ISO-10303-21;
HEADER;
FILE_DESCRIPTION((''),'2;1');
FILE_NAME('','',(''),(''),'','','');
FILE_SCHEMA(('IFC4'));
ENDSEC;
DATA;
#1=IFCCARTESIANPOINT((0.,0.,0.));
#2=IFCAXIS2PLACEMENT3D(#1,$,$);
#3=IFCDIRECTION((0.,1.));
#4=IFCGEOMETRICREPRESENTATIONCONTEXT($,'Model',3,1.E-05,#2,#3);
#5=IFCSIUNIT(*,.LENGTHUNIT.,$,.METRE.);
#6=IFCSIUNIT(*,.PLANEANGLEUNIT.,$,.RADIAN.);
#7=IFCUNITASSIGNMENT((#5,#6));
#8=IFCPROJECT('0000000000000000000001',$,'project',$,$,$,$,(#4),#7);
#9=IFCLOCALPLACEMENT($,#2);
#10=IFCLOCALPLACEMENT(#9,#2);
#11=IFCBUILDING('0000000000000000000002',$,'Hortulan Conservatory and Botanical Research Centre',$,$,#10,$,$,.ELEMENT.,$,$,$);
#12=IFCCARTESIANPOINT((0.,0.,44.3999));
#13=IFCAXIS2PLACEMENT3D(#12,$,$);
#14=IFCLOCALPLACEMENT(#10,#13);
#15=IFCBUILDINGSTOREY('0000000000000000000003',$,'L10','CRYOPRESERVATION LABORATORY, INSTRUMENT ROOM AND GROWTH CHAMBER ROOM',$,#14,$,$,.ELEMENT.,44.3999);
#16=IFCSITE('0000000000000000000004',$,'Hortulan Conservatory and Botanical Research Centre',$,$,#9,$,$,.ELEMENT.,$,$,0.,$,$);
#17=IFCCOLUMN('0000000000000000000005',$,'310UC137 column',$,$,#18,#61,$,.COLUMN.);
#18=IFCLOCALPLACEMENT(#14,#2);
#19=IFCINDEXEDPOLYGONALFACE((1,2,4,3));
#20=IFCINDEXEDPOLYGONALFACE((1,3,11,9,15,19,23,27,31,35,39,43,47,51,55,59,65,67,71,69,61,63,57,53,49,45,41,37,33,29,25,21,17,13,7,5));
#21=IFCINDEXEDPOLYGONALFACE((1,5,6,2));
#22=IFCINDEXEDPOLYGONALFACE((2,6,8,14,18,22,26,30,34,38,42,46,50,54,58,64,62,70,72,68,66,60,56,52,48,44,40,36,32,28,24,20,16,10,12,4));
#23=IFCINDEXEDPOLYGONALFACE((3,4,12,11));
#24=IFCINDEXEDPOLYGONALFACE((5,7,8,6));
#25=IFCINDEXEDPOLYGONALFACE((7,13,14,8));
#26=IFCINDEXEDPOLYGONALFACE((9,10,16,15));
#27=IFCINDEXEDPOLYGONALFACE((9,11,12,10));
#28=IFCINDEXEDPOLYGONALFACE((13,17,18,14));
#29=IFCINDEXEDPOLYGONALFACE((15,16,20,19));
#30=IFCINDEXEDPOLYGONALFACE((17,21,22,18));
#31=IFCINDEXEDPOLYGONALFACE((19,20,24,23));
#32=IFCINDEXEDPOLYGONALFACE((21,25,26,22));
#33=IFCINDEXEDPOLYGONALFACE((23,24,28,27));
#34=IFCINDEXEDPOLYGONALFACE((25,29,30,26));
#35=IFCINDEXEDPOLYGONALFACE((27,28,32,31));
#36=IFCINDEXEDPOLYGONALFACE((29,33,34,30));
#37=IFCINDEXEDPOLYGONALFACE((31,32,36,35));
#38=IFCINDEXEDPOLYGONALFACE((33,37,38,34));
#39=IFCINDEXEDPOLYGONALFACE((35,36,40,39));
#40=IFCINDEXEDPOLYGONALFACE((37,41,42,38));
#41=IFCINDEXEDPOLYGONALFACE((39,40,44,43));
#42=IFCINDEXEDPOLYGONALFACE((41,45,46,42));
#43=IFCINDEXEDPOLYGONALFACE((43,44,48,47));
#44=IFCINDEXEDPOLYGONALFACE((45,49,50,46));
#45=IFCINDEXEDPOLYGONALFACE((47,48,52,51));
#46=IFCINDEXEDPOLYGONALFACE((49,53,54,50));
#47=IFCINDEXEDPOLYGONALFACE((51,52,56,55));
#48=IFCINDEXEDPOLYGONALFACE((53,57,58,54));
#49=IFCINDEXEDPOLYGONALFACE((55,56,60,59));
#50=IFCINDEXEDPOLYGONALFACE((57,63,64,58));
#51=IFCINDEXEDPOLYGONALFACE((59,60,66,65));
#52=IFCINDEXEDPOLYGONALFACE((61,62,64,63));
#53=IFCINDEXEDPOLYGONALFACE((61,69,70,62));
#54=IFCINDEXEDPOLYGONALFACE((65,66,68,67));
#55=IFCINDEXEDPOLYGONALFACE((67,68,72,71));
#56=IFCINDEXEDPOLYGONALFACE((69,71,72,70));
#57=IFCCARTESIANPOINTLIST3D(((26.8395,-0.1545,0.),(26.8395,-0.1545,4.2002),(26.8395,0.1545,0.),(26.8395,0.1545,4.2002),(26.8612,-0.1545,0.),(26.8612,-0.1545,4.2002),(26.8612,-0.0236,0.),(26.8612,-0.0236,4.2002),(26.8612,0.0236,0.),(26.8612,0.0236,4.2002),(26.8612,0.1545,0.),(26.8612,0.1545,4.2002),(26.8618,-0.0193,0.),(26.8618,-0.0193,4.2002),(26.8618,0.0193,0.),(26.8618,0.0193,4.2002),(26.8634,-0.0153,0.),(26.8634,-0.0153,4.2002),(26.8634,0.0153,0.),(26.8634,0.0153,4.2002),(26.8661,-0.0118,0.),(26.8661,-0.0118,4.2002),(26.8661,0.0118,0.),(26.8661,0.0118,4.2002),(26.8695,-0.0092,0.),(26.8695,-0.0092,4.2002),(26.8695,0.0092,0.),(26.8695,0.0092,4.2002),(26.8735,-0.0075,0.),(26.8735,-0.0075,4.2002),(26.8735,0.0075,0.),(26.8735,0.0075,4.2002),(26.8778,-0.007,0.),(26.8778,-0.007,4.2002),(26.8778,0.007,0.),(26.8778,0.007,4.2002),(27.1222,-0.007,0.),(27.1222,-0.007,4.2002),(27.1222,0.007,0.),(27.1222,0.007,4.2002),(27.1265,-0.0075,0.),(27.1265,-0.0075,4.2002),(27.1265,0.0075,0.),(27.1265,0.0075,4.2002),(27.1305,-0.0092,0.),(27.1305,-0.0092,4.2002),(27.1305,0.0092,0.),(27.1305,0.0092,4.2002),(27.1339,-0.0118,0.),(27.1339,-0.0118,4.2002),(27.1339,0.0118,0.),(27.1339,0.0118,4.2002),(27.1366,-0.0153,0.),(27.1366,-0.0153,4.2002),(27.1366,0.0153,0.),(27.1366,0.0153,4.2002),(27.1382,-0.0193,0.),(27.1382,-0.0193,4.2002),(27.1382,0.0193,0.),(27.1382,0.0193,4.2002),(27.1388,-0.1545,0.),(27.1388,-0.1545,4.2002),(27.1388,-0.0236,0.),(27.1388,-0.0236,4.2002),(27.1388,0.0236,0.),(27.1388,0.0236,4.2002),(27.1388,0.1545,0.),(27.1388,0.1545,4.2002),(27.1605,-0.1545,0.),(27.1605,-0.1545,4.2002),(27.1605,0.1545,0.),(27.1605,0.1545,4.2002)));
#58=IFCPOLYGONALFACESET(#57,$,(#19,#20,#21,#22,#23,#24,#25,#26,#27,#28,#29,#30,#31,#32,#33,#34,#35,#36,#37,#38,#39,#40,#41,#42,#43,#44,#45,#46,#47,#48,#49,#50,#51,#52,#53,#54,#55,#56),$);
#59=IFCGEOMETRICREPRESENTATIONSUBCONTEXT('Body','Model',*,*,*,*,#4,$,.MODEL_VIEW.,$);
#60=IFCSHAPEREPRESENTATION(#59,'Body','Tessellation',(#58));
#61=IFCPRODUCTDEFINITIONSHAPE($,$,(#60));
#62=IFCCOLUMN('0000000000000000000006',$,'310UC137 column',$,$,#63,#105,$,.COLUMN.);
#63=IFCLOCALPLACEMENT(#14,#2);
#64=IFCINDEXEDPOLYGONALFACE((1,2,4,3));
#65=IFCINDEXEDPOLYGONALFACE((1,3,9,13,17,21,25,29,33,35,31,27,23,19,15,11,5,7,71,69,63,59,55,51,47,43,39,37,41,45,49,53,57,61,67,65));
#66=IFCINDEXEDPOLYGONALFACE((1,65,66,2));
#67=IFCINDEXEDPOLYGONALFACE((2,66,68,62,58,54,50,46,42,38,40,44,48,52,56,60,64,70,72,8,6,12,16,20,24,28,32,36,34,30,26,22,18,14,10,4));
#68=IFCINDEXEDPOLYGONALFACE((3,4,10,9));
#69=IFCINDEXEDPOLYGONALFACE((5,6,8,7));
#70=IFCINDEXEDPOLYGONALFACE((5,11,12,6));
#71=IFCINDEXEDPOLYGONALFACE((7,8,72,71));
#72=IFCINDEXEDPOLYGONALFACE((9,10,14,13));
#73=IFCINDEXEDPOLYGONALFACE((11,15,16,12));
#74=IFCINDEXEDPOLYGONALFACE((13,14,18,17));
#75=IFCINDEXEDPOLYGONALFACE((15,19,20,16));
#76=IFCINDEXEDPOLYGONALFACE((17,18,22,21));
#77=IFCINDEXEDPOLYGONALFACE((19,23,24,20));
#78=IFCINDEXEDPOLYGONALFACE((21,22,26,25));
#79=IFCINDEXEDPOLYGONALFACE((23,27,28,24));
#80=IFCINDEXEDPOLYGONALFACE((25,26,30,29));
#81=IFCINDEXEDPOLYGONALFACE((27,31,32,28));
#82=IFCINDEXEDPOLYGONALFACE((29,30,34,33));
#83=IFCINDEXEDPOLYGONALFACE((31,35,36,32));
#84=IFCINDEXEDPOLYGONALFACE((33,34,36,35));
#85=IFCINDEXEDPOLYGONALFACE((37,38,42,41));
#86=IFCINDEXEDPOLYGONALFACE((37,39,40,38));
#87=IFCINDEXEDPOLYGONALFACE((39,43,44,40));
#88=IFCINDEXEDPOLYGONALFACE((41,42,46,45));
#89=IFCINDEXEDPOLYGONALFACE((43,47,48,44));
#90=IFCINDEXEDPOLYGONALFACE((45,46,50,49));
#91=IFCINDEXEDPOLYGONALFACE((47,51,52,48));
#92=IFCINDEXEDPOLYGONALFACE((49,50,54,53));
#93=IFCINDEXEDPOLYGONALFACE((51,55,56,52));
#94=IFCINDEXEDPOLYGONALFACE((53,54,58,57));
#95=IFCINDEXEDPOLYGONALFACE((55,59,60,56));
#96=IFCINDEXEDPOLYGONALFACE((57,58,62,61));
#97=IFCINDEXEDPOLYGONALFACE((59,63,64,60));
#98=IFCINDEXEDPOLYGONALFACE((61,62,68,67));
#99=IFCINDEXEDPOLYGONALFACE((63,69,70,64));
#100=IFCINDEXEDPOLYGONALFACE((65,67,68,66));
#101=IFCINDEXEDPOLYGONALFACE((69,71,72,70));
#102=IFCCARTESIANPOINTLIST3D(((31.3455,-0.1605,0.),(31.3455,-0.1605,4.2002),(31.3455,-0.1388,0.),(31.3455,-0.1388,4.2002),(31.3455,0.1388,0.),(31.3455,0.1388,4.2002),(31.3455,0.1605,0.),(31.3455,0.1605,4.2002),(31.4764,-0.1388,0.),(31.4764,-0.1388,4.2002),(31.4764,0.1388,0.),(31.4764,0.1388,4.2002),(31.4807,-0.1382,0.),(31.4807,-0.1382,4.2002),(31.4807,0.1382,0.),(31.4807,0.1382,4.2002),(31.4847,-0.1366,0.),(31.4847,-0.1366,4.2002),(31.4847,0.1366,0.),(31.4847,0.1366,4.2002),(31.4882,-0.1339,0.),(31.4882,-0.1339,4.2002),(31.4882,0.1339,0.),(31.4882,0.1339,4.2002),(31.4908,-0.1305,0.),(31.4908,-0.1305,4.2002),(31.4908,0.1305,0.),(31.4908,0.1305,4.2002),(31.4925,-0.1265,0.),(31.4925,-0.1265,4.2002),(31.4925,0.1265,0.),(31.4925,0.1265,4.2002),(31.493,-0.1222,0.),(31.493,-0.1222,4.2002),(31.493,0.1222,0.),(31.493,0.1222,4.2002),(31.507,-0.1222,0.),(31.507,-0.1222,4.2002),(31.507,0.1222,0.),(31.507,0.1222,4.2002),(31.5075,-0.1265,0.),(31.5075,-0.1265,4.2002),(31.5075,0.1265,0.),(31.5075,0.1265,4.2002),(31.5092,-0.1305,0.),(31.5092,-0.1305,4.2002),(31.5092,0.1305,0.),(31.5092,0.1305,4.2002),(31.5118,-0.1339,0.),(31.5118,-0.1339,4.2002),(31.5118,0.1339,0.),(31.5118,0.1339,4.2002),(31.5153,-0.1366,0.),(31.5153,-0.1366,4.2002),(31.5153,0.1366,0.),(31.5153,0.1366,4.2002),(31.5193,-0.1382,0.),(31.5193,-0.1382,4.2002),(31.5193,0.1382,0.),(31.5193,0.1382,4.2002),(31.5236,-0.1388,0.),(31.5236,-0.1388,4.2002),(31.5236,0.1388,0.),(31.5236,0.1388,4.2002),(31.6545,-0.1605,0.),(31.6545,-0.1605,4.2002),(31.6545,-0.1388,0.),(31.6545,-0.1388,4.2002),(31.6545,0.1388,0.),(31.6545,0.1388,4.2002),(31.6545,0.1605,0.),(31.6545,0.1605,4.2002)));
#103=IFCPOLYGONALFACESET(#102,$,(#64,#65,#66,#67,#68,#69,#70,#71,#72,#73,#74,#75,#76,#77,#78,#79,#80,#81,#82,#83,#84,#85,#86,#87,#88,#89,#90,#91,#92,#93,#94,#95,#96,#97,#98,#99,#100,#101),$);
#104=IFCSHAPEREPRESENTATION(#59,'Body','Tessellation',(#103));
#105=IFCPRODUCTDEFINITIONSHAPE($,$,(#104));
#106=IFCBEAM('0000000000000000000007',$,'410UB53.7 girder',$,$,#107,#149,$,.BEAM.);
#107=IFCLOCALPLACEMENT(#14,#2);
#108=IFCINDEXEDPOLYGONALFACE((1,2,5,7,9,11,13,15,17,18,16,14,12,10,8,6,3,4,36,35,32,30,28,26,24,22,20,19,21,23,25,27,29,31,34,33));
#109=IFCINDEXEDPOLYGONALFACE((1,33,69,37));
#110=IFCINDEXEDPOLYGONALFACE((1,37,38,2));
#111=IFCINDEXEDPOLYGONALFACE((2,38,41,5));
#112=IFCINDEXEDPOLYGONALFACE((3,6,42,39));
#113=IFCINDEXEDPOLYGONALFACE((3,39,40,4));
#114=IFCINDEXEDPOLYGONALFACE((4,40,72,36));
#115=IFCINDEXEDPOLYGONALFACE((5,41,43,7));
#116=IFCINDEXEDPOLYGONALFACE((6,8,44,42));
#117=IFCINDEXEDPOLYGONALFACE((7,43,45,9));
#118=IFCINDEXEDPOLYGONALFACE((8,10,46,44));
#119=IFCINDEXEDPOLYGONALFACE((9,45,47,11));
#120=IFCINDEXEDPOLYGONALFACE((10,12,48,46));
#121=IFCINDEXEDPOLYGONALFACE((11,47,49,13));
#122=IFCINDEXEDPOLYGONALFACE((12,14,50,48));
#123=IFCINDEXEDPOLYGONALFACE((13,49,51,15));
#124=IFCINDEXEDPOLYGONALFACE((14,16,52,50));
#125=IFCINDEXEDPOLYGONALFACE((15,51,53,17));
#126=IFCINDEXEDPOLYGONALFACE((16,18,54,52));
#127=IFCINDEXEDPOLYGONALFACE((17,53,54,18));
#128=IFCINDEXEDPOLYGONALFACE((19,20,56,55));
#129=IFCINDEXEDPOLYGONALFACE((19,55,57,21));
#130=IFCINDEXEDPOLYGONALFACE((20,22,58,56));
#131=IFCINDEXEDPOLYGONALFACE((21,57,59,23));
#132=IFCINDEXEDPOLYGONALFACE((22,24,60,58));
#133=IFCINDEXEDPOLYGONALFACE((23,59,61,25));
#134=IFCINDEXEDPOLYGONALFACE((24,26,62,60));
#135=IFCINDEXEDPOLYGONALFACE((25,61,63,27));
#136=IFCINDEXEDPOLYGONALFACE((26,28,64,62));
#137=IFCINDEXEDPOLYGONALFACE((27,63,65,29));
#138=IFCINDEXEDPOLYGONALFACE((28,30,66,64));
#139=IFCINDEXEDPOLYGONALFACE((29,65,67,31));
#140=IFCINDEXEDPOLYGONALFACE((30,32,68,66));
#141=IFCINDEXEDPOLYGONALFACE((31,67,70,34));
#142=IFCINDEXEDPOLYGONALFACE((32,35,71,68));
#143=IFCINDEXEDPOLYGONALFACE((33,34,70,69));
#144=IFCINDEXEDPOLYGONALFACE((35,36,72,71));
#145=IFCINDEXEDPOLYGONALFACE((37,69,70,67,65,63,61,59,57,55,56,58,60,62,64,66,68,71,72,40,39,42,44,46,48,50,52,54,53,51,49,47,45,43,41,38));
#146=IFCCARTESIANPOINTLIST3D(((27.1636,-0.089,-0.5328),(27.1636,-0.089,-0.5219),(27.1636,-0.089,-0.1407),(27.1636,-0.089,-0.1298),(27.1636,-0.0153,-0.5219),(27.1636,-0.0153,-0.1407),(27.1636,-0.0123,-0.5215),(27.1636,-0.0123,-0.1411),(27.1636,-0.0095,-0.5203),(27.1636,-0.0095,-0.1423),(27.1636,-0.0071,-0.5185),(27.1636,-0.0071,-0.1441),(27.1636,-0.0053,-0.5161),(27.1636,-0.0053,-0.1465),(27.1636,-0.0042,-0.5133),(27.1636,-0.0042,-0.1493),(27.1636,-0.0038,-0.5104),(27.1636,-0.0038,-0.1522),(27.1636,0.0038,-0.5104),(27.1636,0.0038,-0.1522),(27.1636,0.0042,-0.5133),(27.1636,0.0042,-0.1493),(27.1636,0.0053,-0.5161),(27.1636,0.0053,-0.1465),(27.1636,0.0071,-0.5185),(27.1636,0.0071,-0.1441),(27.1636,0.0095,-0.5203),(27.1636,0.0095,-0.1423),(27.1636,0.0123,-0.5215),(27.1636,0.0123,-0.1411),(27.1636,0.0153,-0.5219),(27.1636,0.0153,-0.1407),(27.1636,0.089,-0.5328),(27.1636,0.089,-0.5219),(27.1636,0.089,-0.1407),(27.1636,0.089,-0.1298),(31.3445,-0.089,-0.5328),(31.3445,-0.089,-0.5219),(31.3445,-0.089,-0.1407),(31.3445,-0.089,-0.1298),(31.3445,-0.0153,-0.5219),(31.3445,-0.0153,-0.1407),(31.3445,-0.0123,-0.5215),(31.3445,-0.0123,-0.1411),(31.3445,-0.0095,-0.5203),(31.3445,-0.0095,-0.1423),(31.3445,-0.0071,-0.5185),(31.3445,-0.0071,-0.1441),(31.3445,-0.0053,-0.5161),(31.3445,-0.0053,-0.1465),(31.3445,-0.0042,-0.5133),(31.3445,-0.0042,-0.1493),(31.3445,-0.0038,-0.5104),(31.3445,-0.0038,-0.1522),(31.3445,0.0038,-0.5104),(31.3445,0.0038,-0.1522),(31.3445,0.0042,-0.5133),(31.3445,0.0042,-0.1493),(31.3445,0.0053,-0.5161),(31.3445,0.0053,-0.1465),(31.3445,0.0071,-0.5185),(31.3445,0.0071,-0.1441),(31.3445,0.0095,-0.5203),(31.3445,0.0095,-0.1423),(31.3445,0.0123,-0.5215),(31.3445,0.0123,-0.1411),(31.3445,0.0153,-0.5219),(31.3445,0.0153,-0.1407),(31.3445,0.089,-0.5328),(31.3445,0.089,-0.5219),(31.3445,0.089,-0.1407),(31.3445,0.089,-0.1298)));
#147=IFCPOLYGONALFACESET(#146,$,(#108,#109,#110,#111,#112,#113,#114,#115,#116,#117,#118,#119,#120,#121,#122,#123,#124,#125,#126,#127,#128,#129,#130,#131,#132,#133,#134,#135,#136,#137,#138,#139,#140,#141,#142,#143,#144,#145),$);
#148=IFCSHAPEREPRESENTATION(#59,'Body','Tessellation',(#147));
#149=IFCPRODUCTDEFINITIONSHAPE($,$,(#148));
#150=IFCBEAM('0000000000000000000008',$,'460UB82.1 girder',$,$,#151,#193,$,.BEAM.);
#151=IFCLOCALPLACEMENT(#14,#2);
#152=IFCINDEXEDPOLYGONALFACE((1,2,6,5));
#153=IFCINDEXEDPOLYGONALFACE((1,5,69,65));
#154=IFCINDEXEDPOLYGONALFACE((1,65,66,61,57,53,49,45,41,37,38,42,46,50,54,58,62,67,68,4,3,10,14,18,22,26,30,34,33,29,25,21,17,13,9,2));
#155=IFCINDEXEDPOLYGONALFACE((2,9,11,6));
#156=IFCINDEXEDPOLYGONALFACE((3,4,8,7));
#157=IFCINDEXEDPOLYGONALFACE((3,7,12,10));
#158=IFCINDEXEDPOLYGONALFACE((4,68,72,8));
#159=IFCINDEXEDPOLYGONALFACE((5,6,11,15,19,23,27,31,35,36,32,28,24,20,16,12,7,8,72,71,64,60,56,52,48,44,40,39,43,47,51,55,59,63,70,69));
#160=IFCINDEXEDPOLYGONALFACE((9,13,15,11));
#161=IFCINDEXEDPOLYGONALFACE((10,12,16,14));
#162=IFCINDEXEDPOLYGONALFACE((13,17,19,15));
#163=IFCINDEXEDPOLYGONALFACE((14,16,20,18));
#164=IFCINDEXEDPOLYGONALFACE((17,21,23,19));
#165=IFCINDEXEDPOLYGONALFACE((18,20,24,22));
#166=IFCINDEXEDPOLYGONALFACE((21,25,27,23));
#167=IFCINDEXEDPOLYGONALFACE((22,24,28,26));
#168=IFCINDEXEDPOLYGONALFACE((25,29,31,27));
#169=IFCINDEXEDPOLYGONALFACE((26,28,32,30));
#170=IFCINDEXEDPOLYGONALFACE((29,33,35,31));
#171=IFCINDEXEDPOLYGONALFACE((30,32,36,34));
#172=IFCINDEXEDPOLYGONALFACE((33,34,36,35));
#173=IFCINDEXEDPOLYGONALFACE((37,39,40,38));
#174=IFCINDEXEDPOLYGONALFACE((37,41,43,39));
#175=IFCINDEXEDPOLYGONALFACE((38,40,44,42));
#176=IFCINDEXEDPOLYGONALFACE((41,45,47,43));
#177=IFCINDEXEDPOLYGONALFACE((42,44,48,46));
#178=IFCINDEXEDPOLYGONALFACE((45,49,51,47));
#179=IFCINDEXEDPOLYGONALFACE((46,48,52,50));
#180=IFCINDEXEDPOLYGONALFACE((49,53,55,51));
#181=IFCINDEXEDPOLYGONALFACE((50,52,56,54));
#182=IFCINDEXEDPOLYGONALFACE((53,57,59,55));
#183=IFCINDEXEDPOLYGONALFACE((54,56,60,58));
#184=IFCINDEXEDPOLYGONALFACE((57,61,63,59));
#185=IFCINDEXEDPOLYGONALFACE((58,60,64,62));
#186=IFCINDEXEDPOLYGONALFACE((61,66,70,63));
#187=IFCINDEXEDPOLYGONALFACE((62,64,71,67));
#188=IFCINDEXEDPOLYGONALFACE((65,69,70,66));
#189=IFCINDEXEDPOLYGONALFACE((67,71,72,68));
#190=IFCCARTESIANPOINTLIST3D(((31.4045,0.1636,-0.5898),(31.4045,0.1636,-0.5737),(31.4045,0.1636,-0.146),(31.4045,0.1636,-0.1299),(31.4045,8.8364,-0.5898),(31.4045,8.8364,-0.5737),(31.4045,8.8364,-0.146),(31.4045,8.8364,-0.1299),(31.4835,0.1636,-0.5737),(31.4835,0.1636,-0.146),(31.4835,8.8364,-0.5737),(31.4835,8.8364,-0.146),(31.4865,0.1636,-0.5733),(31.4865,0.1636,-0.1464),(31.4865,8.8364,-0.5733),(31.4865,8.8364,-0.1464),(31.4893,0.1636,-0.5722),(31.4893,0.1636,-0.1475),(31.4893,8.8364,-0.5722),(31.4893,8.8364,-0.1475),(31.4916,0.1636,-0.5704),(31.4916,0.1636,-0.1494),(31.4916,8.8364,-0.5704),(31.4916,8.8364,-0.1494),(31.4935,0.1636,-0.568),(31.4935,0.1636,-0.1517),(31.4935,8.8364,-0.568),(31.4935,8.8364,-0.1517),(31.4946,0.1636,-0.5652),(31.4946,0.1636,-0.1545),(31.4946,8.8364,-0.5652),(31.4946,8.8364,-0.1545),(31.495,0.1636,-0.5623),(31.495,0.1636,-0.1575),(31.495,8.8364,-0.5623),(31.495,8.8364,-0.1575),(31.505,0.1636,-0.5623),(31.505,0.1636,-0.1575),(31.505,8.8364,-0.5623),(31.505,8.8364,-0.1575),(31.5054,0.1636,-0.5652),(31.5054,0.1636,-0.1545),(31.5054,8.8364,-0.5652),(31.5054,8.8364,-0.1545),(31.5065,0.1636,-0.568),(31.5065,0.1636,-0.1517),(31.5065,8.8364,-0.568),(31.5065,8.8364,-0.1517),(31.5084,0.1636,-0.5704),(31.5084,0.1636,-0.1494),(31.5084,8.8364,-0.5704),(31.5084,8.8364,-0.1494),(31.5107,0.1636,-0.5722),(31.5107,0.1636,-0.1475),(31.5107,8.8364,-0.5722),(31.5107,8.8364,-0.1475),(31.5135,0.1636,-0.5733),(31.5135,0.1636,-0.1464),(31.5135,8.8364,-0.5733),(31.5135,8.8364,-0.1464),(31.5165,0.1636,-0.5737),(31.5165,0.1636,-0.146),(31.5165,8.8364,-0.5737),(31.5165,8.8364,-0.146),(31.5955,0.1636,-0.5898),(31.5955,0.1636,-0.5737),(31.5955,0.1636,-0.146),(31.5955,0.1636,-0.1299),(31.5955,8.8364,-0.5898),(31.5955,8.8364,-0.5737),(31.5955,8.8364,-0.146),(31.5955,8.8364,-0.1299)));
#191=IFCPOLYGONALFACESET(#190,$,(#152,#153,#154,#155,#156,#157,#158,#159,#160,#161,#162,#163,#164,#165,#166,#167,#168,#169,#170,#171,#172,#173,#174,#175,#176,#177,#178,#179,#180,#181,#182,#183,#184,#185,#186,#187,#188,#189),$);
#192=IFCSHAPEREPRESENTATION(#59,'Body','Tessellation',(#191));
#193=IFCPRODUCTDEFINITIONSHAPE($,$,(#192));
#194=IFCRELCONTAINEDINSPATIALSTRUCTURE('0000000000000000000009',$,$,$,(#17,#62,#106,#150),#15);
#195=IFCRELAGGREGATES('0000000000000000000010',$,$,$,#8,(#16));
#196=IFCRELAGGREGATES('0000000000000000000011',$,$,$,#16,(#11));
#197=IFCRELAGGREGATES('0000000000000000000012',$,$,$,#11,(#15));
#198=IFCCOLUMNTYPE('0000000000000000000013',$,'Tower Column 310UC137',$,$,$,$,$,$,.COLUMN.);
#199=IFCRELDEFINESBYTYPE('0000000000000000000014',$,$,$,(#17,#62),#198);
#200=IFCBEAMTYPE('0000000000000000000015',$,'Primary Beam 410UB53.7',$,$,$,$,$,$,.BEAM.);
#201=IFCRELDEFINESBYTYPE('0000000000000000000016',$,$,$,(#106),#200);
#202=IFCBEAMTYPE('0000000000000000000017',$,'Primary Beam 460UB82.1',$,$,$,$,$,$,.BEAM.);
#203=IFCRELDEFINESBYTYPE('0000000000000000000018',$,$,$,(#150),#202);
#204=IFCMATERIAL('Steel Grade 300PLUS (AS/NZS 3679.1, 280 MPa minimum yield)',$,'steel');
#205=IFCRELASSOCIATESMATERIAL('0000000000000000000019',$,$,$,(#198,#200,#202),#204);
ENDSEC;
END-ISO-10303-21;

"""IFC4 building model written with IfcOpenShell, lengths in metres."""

from ifc_helpers import new_model, si_unit, direction, frame, origin, origin_2d, place, context, subcontext, project, spatial, i_section, extrude, material, material_profile, profile_set, type_object, element, save


model = new_model("IFC4")

# Units and contexts
model_context = context("Model", 3, precision=1e-05, world=origin(), true_north=direction((0.0, 1.0)))
body_context = subcontext(model_context, "Body", "Model", "MODEL_VIEW")
ifc_project = project(units=[si_unit("LENGTHUNIT", "METRE"), si_unit("PLANEANGLEUNIT", "RADIAN")], contexts=[model_context])

# Site, building, storey
site_placement = place(None, origin())
site = spatial("IfcSite", under=ifc_project, at=site_placement, Name="Hortulan Conservatory and Botanical Research Centre", CompositionType="ELEMENT", RefElevation=0.0)
building_placement = place(site_placement, origin())
building = spatial("IfcBuilding", under=site, at=building_placement, Name="Hortulan Conservatory and Botanical Research Centre", CompositionType="ELEMENT")
storey_placement = place(building_placement, frame((0.0, 0.0, 44.3999)))
storey = spatial("IfcBuildingStorey", under=building, at=storey_placement, Name="L10", Description="CRYOPRESERVATION LABORATORY, INSTRUMENT ROOM AND GROWTH CHAMBER ROOM", CompositionType="ELEMENT", Elevation=44.3999)

# Columns
ifc_material_1 = material(Name="Steel Grade 300PLUS (AS/NZS 3679.1, 280 MPa minimum yield)", Category="steel")
ifc_material_profile_1 = material_profile(ifc_material_1, i_section(OverallWidth=0.3091, OverallDepth=0.321, WebThickness=0.0139, FlangeThickness=0.0217, FilletRadius=0.0166, at=origin_2d()), Name="310UC137")
ifc_profile_set_1 = profile_set([ifc_material_profile_1], Name="Steel Grade 300PLUS (AS/NZS 3679.1, 280 MPa minimum yield)")
column_type = type_object("IfcColumnType", Name="Tower Column 310UC137", PredefinedType="COLUMN", material=ifc_profile_set_1)
for number, where, z_axis, x_axis, name in (
    (1, (27.0, 0.0, 0.0), (0.0, 0.0, 1.0), (0.0, 1.0, 0.0), "310UC137 column"),
    (2, (31.5, 0.0, 0.0), (0.0, 0.0, 1.0), (1.0, 0.0, 0.0), "310UC137 column"),
):
    element("IfcColumn", number, at=place(storey_placement, frame(where, z_axis=z_axis, x_axis=x_axis)), inside=storey, type_object=column_type, Name=name, PredefinedType="COLUMN", context=body_context, shape_type="SweptSolid", body=[
        extrude(i_section(OverallWidth=0.3091, OverallDepth=0.321, WebThickness=0.0139, FlangeThickness=0.0217, FilletRadius=0.0166, at=origin_2d()), origin(), (0.0, 0.0, 1.0), 4.2002),
    ])

# Beams
ifc_material_profile_2 = material_profile(ifc_material_1, i_section(OverallWidth=0.178, OverallDepth=0.4031, WebThickness=0.0076, FlangeThickness=0.011, FilletRadius=0.0115, at=origin_2d()), Name="410UB53.7")
ifc_profile_set_2 = profile_set([ifc_material_profile_2], Name="Steel Grade 300PLUS (AS/NZS 3679.1, 280 MPa minimum yield)")
beam_type_1 = type_object("IfcBeamType", Name="Primary Beam 410UB53.7", PredefinedType="BEAM", material=ifc_profile_set_2)
beam_1_placement = place(storey_placement, frame((27.1636, 0.0, -0.3313), z_axis=(1.0, 0.0, 0.0), x_axis=(0.0, 1.0, 0.0)))
element("IfcBeam", 3, at=beam_1_placement, inside=storey, type_object=beam_type_1, Name="410UB53.7 girder", PredefinedType="BEAM", context=body_context, shape_type="SweptSolid", body=[
    extrude(i_section(OverallWidth=0.178, OverallDepth=0.4031, WebThickness=0.0076, FlangeThickness=0.011, FilletRadius=0.0115, at=origin_2d()), origin(), (0.0, 0.0, 1.0), 4.1809),
])
ifc_material_profile_3 = material_profile(ifc_material_1, i_section(OverallWidth=0.1909, OverallDepth=0.46, WebThickness=0.01, FlangeThickness=0.0161, FilletRadius=0.0115, at=origin_2d()), Name="460UB82.1")
ifc_profile_set_3 = profile_set([ifc_material_profile_3], Name="Steel Grade 300PLUS (AS/NZS 3679.1, 280 MPa minimum yield)")
beam_type_2 = type_object("IfcBeamType", Name="Primary Beam 460UB82.1", PredefinedType="BEAM", material=ifc_profile_set_3)
beam_2_placement = place(storey_placement, frame((31.5, 0.1636, -0.3599), z_axis=(0.0, 1.0, 0.0), x_axis=(-1.0, 0.0, 0.0)))
element("IfcBeam", 4, at=beam_2_placement, inside=storey, type_object=beam_type_2, Name="460UB82.1 girder", PredefinedType="BEAM", context=body_context, shape_type="SweptSolid", body=[
    extrude(i_section(OverallWidth=0.1909, OverallDepth=0.46, WebThickness=0.01, FlangeThickness=0.0161, FilletRadius=0.0115, at=origin_2d()), origin(), (0.0, 0.0, 1.0), 8.6729),
])

save(model, "model.ifc")
